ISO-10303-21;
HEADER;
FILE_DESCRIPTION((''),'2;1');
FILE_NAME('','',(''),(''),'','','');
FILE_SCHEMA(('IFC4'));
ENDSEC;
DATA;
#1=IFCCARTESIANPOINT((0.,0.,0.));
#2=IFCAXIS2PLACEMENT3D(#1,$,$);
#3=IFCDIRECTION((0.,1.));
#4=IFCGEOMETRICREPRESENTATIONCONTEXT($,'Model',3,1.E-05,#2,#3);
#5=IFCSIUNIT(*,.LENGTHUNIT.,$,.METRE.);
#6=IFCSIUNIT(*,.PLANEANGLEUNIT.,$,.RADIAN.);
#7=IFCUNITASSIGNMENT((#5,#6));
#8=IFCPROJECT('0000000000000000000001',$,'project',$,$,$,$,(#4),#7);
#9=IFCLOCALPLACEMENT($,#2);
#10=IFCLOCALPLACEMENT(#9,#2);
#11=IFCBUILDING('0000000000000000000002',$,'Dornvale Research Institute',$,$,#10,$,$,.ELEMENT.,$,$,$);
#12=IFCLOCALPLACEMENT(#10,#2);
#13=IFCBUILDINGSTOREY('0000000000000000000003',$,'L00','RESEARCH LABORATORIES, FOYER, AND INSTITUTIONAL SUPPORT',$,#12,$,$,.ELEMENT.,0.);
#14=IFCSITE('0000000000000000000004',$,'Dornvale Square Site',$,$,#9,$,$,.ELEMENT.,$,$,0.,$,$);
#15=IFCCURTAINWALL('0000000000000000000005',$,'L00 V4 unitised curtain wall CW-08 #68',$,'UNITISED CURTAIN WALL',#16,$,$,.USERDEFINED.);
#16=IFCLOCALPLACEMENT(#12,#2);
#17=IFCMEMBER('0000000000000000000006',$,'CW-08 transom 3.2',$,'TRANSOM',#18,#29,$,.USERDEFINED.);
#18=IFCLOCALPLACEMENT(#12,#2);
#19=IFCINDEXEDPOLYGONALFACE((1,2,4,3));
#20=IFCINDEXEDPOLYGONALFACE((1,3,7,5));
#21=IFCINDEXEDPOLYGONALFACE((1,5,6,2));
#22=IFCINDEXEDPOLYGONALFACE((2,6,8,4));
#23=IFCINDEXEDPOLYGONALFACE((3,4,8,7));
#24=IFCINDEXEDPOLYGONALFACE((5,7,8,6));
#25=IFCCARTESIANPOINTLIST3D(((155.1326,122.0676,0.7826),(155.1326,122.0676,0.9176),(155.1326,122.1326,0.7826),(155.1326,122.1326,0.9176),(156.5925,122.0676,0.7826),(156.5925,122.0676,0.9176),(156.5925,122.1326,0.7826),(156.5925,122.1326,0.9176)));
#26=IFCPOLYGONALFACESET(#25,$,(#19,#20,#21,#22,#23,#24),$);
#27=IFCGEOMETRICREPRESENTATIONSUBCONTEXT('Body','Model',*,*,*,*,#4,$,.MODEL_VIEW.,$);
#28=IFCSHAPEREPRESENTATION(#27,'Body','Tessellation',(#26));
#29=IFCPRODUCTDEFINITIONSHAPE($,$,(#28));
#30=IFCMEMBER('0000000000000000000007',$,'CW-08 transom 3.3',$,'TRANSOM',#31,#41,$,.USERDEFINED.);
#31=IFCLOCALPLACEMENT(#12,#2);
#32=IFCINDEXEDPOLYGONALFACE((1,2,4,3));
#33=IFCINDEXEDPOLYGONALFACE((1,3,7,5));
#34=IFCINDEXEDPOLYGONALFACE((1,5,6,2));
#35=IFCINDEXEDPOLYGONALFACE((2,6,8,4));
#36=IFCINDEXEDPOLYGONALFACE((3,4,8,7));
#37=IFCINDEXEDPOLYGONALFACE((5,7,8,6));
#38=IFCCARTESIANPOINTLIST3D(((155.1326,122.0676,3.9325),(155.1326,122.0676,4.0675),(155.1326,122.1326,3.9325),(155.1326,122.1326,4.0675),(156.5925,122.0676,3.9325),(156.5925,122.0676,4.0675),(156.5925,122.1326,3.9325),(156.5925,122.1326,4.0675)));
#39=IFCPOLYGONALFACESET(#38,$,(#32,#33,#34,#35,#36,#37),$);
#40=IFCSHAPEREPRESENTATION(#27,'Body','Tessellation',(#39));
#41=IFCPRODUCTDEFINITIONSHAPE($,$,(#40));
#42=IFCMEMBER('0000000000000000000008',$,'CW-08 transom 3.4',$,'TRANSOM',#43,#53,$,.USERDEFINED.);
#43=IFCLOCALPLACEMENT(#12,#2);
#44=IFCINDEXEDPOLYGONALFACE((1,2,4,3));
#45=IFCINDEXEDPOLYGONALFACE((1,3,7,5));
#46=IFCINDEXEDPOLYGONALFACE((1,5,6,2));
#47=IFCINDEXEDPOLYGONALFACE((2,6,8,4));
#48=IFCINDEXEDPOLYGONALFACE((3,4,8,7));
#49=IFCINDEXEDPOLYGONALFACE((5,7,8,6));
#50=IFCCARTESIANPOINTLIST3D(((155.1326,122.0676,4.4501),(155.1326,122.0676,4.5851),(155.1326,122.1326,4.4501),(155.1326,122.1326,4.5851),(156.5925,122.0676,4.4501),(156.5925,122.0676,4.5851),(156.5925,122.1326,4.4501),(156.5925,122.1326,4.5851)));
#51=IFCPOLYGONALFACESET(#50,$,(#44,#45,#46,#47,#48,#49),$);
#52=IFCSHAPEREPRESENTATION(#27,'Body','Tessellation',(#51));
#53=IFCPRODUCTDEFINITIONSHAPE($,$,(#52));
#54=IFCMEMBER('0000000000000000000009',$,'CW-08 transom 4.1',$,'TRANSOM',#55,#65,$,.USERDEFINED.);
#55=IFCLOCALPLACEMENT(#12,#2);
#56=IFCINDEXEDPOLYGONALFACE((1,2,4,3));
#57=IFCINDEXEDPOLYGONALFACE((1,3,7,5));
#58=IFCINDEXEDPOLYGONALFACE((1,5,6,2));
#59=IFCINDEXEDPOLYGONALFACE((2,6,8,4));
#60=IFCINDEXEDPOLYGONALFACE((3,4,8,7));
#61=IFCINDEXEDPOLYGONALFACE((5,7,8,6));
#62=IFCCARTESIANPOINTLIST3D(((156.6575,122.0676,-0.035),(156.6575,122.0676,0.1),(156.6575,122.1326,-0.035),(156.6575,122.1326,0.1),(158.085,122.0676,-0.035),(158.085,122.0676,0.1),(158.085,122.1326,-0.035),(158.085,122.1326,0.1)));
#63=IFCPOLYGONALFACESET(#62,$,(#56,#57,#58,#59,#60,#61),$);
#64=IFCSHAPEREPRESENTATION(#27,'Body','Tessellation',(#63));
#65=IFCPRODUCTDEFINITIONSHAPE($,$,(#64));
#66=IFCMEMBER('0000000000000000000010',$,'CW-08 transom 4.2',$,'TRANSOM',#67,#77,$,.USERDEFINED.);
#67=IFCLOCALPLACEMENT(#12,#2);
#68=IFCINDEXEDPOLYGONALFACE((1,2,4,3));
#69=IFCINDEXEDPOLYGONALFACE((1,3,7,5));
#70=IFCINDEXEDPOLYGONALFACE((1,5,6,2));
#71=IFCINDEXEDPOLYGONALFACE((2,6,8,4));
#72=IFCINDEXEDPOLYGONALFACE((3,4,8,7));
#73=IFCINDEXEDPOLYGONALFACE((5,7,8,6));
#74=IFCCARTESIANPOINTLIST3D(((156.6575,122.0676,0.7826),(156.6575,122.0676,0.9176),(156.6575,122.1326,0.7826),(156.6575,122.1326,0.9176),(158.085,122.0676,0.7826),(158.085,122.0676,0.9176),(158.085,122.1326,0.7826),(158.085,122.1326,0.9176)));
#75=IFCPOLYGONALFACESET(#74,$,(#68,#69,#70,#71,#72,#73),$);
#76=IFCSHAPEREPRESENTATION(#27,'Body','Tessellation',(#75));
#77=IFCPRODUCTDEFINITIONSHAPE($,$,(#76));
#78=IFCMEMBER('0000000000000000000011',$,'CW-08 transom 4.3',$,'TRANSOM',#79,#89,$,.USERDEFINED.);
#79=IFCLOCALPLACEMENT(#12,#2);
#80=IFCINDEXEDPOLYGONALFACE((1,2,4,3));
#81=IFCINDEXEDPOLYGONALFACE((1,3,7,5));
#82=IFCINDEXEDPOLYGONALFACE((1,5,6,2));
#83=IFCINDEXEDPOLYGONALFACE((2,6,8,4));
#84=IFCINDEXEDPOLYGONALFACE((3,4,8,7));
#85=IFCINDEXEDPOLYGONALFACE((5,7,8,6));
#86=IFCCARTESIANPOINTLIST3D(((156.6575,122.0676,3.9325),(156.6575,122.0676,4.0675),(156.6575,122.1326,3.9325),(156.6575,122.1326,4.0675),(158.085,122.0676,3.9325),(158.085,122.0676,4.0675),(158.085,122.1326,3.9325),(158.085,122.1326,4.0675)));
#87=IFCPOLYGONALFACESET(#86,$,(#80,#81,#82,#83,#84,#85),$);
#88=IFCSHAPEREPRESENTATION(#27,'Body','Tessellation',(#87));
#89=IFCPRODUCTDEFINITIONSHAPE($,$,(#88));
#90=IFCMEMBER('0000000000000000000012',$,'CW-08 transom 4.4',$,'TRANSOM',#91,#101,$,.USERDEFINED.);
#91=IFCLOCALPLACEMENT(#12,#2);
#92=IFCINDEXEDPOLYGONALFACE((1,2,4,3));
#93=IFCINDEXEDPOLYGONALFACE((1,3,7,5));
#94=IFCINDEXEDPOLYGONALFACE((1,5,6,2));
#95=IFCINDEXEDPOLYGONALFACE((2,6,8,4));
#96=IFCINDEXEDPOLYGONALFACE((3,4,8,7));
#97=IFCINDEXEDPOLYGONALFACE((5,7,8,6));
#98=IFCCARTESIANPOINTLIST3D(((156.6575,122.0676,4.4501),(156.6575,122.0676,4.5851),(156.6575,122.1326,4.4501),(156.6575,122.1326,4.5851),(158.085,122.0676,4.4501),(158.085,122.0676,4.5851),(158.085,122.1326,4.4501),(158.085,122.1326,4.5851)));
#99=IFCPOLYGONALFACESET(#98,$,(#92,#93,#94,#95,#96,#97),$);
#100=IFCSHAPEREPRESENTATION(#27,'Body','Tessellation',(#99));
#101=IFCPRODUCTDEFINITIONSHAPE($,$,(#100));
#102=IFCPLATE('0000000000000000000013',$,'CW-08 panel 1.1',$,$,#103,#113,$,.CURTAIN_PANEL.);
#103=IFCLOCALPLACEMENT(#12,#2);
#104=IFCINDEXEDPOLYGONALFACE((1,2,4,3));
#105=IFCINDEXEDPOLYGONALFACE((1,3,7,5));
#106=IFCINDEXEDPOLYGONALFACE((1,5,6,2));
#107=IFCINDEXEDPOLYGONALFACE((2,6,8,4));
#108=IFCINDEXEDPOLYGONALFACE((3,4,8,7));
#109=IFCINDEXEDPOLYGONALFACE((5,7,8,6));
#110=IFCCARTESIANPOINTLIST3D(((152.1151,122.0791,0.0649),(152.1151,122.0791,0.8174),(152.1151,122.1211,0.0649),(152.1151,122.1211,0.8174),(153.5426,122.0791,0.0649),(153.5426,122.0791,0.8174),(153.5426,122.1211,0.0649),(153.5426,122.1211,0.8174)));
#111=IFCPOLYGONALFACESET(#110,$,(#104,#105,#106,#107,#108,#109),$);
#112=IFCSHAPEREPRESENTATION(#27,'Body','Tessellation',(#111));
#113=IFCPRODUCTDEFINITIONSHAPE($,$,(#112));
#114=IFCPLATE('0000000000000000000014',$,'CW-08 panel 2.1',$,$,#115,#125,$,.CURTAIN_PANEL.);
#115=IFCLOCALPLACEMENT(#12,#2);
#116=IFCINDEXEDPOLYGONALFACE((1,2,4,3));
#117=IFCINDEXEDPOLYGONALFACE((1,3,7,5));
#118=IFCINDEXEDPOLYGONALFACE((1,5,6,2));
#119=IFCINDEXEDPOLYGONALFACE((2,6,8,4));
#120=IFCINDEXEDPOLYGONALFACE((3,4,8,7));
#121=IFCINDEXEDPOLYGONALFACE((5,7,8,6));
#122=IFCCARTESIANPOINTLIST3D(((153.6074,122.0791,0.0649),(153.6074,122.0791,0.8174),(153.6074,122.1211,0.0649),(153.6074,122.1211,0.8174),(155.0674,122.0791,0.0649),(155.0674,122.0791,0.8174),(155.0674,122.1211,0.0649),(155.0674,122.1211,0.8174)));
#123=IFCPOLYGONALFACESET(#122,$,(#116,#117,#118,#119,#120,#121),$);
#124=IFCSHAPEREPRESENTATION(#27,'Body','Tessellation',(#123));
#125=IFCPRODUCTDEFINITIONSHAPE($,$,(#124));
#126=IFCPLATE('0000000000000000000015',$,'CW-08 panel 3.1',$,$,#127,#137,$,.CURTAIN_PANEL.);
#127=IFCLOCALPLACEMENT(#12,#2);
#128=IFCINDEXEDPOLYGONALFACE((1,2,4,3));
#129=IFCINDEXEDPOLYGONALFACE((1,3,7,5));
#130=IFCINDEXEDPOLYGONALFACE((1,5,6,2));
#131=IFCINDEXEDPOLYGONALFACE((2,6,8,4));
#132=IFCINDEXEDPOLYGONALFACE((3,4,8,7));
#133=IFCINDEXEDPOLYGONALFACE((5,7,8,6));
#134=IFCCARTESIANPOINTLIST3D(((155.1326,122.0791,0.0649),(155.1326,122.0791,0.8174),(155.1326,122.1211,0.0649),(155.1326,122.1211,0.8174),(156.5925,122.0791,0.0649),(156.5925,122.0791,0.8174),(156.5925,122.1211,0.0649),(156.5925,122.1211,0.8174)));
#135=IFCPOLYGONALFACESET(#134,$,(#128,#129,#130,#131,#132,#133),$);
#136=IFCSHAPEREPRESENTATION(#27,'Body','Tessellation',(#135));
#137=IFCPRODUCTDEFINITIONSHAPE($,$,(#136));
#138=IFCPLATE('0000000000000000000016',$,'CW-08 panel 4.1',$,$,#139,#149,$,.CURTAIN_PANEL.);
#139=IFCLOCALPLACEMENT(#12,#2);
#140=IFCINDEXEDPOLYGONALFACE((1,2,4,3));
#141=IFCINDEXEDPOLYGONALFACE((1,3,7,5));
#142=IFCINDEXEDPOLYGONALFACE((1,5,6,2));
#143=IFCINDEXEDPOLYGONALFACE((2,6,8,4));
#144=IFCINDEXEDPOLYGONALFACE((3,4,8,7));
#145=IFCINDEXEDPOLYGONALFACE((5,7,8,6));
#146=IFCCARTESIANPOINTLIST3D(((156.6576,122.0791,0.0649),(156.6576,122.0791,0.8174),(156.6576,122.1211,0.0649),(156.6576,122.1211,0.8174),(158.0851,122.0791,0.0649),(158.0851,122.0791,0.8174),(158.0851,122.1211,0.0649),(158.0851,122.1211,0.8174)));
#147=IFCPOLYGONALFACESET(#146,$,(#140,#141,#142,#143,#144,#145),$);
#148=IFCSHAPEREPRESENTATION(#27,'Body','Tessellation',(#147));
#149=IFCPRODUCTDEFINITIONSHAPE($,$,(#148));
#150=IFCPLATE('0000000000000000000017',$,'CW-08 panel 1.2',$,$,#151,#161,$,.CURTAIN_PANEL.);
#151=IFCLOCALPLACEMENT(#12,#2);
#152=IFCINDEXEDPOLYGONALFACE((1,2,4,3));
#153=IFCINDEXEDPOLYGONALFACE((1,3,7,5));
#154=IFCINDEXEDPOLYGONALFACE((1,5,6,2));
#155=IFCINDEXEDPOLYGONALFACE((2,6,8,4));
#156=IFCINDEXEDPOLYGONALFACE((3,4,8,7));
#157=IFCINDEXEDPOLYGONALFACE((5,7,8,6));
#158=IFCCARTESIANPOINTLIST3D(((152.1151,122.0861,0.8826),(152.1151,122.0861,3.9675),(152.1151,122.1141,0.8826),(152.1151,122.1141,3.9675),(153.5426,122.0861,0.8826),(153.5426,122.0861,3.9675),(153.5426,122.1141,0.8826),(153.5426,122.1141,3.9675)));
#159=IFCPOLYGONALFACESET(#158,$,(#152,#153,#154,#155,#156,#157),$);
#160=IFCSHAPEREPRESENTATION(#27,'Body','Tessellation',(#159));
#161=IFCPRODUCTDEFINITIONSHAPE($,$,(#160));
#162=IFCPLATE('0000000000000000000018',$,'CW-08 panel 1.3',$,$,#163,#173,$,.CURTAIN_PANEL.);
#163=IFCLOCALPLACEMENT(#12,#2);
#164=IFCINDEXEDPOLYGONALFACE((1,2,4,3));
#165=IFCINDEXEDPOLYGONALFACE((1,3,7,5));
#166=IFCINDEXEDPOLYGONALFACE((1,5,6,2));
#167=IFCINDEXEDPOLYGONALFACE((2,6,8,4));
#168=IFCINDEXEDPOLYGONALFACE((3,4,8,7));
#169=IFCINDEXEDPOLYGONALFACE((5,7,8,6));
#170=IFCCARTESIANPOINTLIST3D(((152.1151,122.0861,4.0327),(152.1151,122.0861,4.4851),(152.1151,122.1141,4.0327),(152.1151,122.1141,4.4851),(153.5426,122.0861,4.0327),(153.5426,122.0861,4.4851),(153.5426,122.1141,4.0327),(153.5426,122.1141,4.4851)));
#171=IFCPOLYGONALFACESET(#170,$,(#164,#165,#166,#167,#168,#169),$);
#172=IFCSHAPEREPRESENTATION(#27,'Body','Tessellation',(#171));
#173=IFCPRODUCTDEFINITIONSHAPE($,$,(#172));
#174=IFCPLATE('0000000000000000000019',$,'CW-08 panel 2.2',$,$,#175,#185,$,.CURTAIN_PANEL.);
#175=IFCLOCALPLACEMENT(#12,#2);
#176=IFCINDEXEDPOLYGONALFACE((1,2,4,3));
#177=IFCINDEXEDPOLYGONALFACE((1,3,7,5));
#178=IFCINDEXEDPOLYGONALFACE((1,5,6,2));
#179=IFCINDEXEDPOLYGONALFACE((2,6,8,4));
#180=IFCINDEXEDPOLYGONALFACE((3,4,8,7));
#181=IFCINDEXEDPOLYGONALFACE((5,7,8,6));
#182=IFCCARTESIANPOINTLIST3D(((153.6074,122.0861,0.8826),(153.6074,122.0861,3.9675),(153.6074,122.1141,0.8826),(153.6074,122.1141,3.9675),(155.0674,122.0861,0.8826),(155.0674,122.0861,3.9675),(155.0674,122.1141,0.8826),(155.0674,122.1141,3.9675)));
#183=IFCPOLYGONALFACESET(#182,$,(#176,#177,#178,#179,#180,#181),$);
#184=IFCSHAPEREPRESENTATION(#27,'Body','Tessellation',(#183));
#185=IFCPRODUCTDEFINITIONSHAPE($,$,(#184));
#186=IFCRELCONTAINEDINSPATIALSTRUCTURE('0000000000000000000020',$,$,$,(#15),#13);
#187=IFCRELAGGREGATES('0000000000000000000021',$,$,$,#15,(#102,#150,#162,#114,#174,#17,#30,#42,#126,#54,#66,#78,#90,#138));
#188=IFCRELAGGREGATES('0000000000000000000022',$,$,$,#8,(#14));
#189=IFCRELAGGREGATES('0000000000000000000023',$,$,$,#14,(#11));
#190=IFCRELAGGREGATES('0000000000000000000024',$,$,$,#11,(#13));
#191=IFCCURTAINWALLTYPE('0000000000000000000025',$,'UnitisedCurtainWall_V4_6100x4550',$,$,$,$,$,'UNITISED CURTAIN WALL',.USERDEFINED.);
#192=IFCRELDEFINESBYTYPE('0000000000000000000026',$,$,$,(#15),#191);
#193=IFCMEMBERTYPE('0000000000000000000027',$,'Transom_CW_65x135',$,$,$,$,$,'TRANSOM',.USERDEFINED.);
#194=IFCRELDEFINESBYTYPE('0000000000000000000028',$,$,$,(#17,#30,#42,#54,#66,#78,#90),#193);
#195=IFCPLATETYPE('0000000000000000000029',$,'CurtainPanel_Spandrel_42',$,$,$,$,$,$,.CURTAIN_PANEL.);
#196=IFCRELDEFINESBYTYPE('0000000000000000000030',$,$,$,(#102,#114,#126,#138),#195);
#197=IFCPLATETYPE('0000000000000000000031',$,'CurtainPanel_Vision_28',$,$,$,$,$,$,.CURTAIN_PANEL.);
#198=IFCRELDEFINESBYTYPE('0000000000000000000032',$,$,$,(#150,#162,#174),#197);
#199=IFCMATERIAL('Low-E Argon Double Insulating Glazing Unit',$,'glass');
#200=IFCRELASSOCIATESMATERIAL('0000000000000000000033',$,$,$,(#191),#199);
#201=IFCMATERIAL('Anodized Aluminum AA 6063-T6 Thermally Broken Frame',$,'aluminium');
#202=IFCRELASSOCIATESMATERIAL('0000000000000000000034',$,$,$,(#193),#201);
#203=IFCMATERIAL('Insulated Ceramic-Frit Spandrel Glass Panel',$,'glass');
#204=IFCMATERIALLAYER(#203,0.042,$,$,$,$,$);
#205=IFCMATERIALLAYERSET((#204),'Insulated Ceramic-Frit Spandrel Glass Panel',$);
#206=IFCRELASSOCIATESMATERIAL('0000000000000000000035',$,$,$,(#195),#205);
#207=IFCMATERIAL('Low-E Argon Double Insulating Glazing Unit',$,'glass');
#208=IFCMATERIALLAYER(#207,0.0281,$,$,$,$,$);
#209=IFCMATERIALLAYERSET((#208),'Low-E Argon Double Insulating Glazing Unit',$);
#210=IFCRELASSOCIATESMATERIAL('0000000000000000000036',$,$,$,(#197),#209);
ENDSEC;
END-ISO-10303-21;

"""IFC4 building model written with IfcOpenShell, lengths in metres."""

from ifc_helpers import new_model, si_unit, direction, frame, origin, origin_2d, place, context, subcontext, project, spatial, rectangle, extrude, material, layer, layer_set, material_profile, profile_set, type_object, element, aggregate, save


model = new_model("IFC4")

# Units and contexts
model_context = context("Model", 3, precision=1e-05, world=origin(), true_north=direction((0.0, 1.0)))
body_context = subcontext(model_context, "Body", "Model", "MODEL_VIEW")
ifc_project = project(units=[si_unit("LENGTHUNIT", "METRE"), si_unit("PLANEANGLEUNIT", "RADIAN")], contexts=[model_context])

# Site, building, storey
site_placement = place(None, origin())
site = spatial("IfcSite", under=ifc_project, at=site_placement, Name="Dornvale Square Site", CompositionType="ELEMENT", RefElevation=0.0)
building_placement = place(site_placement, origin())
building = spatial("IfcBuilding", under=site, at=building_placement, Name="Dornvale Research Institute", CompositionType="ELEMENT")
storey_placement = place(building_placement, origin())
storey = spatial("IfcBuildingStorey", under=building, at=storey_placement, Name="L00", Description="RESEARCH LABORATORIES, FOYER, AND INSTITUTIONAL SUPPORT", CompositionType="ELEMENT", Elevation=0.0)

# Curtain wall, members, plates
ifc_material_1 = material(Name="Low-E Argon Double Insulating Glazing Unit", Category="glass")
curtain_wall_type = type_object("IfcCurtainWallType", Name="UnitisedCurtainWall_V4_6100x4550", ElementType="UNITISED CURTAIN WALL", PredefinedType="USERDEFINED", material=ifc_material_1)
curtain_wall_placement = place(storey_placement, origin())
curtain_wall = element("IfcCurtainWall", 1, at=curtain_wall_placement, inside=storey, type_object=curtain_wall_type, Name="L00 V4 unitised curtain wall CW-08 #68", ObjectType="UNITISED CURTAIN WALL", PredefinedType="USERDEFINED")
ifc_material_2 = material(Name="Anodized Aluminum AA 6063-T6 Thermally Broken Frame", Category="aluminium")
ifc_material_profile_1 = material_profile(ifc_material_2, rectangle(XDim=0.0649, YDim=0.135, at=origin_2d()), Name="ALU TRANSOM 65x135")
ifc_profile_set_1 = profile_set([ifc_material_profile_1], Name="Anodized Aluminum AA 6063-T6 Thermally Broken Frame")
member_type_1 = type_object("IfcMemberType", Name="Transom_CW_65x135", ElementType="TRANSOM", PredefinedType="USERDEFINED", material=ifc_profile_set_1)
member_1_placement = place(storey_placement, frame((155.1326, 122.1001, 0.8501), z_axis=(1.0, 0.0, 0.0), x_axis=(0.0, 1.0, 0.0)))
member_1 = element("IfcMember", 2, at=member_1_placement, type_object=member_type_1, Name="CW-08 transom 3.2", ObjectType="TRANSOM", PredefinedType="USERDEFINED", context=body_context, shape_type="SweptSolid", body=[
    extrude(rectangle(XDim=0.0649, YDim=0.135, at=origin_2d()), origin(), (0.0, 0.0, 1.0), 1.46),
])
member_2_placement = place(storey_placement, frame((155.1326, 122.1001, 4.0), z_axis=(1.0, 0.0, 0.0), x_axis=(0.0, 1.0, 0.0)))
member_2 = element("IfcMember", 3, at=member_2_placement, type_object=member_type_1, Name="CW-08 transom 3.3", ObjectType="TRANSOM", PredefinedType="USERDEFINED", context=body_context, shape_type="SweptSolid", body=[
    extrude(rectangle(XDim=0.0649, YDim=0.135, at=origin_2d()), origin(), (0.0, 0.0, 1.0), 1.46),
])
member_3_placement = place(storey_placement, frame((155.1326, 122.1001, 4.5176), z_axis=(1.0, 0.0, 0.0), x_axis=(0.0, 1.0, 0.0)))
member_3 = element("IfcMember", 4, at=member_3_placement, type_object=member_type_1, Name="CW-08 transom 3.4", ObjectType="TRANSOM", PredefinedType="USERDEFINED", context=body_context, shape_type="SweptSolid", body=[
    extrude(rectangle(XDim=0.0649, YDim=0.135, at=origin_2d()), origin(), (0.0, 0.0, 1.0), 1.46),
])
member_4_placement = place(storey_placement, frame((156.6575, 122.1001, 0.0325), z_axis=(1.0, 0.0, 0.0), x_axis=(0.0, 1.0, 0.0)))
member_4 = element("IfcMember", 5, at=member_4_placement, type_object=member_type_1, Name="CW-08 transom 4.1", ObjectType="TRANSOM", PredefinedType="USERDEFINED", context=body_context, shape_type="SweptSolid", body=[
    extrude(rectangle(XDim=0.0649, YDim=0.135, at=origin_2d()), origin(), (0.0, 0.0, 1.0), 1.4275),
])
member_5_placement = place(storey_placement, frame((156.6575, 122.1001, 0.8501), z_axis=(1.0, 0.0, 0.0), x_axis=(0.0, 1.0, 0.0)))
member_5 = element("IfcMember", 6, at=member_5_placement, type_object=member_type_1, Name="CW-08 transom 4.2", ObjectType="TRANSOM", PredefinedType="USERDEFINED", context=body_context, shape_type="SweptSolid", body=[
    extrude(rectangle(XDim=0.0649, YDim=0.135, at=origin_2d()), origin(), (0.0, 0.0, 1.0), 1.4275),
])
member_6_placement = place(storey_placement, frame((156.6575, 122.1001, 4.0), z_axis=(1.0, 0.0, 0.0), x_axis=(0.0, 1.0, 0.0)))
member_6 = element("IfcMember", 7, at=member_6_placement, type_object=member_type_1, Name="CW-08 transom 4.3", ObjectType="TRANSOM", PredefinedType="USERDEFINED", context=body_context, shape_type="SweptSolid", body=[
    extrude(rectangle(XDim=0.0649, YDim=0.135, at=origin_2d()), origin(), (0.0, 0.0, 1.0), 1.4275),
])
member_7_placement = place(storey_placement, frame((156.6575, 122.1001, 4.5176), z_axis=(1.0, 0.0, 0.0), x_axis=(0.0, 1.0, 0.0)))
member_7 = element("IfcMember", 8, at=member_7_placement, type_object=member_type_1, Name="CW-08 transom 4.4", ObjectType="TRANSOM", PredefinedType="USERDEFINED", context=body_context, shape_type="SweptSolid", body=[
    extrude(rectangle(XDim=0.0649, YDim=0.135, at=origin_2d()), origin(), (0.0, 0.0, 1.0), 1.4275),
])
ifc_material_3 = material(Name="Insulated Ceramic-Frit Spandrel Glass Panel", Category="glass")
ifc_layer_1 = layer(ifc_material_3, 0.042)
ifc_layer_set_1 = layer_set([ifc_layer_1], Name="Insulated Ceramic-Frit Spandrel Glass Panel")
plate_type_1 = type_object("IfcPlateType", Name="CurtainPanel_Spandrel_42", PredefinedType="CURTAIN_PANEL", material=ifc_layer_set_1)
plate_1_placement = place(storey_placement, frame((152.8289, 122.1001, 0.0649), z_axis=(0.0, 0.0, 1.0), x_axis=(1.0, 0.0, 0.0)))
plate_1 = element("IfcPlate", 9, at=plate_1_placement, type_object=plate_type_1, Name="CW-08 panel 1.1", PredefinedType="CURTAIN_PANEL", context=body_context, shape_type="SweptSolid", body=[
    extrude(rectangle(XDim=1.4275, YDim=0.042, at=origin_2d()), origin(), (0.0, 0.0, 1.0), 0.7524),
])
plate_2_placement = place(storey_placement, frame((154.3374, 122.1001, 0.0649), z_axis=(0.0, 0.0, 1.0), x_axis=(1.0, 0.0, 0.0)))
plate_2 = element("IfcPlate", 10, at=plate_2_placement, type_object=plate_type_1, Name="CW-08 panel 2.1", PredefinedType="CURTAIN_PANEL", context=body_context, shape_type="SweptSolid", body=[
    extrude(rectangle(XDim=1.46, YDim=0.042, at=origin_2d()), origin(), (0.0, 0.0, 1.0), 0.7524),
])
plate_3_placement = place(storey_placement, frame((155.8625, 122.1001, 0.0649), z_axis=(0.0, 0.0, 1.0), x_axis=(1.0, 0.0, 0.0)))
plate_3 = element("IfcPlate", 11, at=plate_3_placement, type_object=plate_type_1, Name="CW-08 panel 3.1", PredefinedType="CURTAIN_PANEL", context=body_context, shape_type="SweptSolid", body=[
    extrude(rectangle(XDim=1.46, YDim=0.042, at=origin_2d()), origin(), (0.0, 0.0, 1.0), 0.7524),
])
plate_4_placement = place(storey_placement, frame((157.3713, 122.1001, 0.0649), z_axis=(0.0, 0.0, 1.0), x_axis=(1.0, 0.0, 0.0)))
plate_4 = element("IfcPlate", 12, at=plate_4_placement, type_object=plate_type_1, Name="CW-08 panel 4.1", PredefinedType="CURTAIN_PANEL", context=body_context, shape_type="SweptSolid", body=[
    extrude(rectangle(XDim=1.4275, YDim=0.042, at=origin_2d()), origin(), (0.0, 0.0, 1.0), 0.7524),
])
ifc_material_4 = material(Name="Low-E Argon Double Insulating Glazing Unit", Category="glass")
ifc_layer_2 = layer(ifc_material_4, 0.0281)
ifc_layer_set_2 = layer_set([ifc_layer_2], Name="Low-E Argon Double Insulating Glazing Unit")
plate_type_2 = type_object("IfcPlateType", Name="CurtainPanel_Vision_28", PredefinedType="CURTAIN_PANEL", material=ifc_layer_set_2)
plate_5_placement = place(storey_placement, frame((152.8289, 122.1001, 0.8826), z_axis=(0.0, 0.0, 1.0), x_axis=(1.0, 0.0, 0.0)))
plate_5 = element("IfcPlate", 13, at=plate_5_placement, type_object=plate_type_2, Name="CW-08 panel 1.2", PredefinedType="CURTAIN_PANEL", context=body_context, shape_type="SweptSolid", body=[
    extrude(rectangle(XDim=1.4275, YDim=0.0281, at=origin_2d()), origin(), (0.0, 0.0, 1.0), 3.085),
])
plate_6_placement = place(storey_placement, frame((152.8289, 122.1001, 4.0327), z_axis=(0.0, 0.0, 1.0), x_axis=(1.0, 0.0, 0.0)))
plate_6 = element("IfcPlate", 14, at=plate_6_placement, type_object=plate_type_2, Name="CW-08 panel 1.3", PredefinedType="CURTAIN_PANEL", context=body_context, shape_type="SweptSolid", body=[
    extrude(rectangle(XDim=1.4275, YDim=0.0281, at=origin_2d()), origin(), (0.0, 0.0, 1.0), 0.4524),
])
plate_7_placement = place(storey_placement, frame((154.3374, 122.1001, 0.8826), z_axis=(0.0, 0.0, 1.0), x_axis=(1.0, 0.0, 0.0)))
plate_7 = element("IfcPlate", 15, at=plate_7_placement, type_object=plate_type_2, Name="CW-08 panel 2.2", PredefinedType="CURTAIN_PANEL", context=body_context, shape_type="SweptSolid", body=[
    extrude(rectangle(XDim=1.46, YDim=0.0281, at=origin_2d()), origin(), (0.0, 0.0, 1.0), 3.085),
])
aggregate(curtain_wall, [plate_1, plate_5, plate_6, plate_2, plate_7, member_1, member_2, member_3, plate_3, member_4, member_5, member_6, member_7, plate_4])

save(model, "model.ifc")
